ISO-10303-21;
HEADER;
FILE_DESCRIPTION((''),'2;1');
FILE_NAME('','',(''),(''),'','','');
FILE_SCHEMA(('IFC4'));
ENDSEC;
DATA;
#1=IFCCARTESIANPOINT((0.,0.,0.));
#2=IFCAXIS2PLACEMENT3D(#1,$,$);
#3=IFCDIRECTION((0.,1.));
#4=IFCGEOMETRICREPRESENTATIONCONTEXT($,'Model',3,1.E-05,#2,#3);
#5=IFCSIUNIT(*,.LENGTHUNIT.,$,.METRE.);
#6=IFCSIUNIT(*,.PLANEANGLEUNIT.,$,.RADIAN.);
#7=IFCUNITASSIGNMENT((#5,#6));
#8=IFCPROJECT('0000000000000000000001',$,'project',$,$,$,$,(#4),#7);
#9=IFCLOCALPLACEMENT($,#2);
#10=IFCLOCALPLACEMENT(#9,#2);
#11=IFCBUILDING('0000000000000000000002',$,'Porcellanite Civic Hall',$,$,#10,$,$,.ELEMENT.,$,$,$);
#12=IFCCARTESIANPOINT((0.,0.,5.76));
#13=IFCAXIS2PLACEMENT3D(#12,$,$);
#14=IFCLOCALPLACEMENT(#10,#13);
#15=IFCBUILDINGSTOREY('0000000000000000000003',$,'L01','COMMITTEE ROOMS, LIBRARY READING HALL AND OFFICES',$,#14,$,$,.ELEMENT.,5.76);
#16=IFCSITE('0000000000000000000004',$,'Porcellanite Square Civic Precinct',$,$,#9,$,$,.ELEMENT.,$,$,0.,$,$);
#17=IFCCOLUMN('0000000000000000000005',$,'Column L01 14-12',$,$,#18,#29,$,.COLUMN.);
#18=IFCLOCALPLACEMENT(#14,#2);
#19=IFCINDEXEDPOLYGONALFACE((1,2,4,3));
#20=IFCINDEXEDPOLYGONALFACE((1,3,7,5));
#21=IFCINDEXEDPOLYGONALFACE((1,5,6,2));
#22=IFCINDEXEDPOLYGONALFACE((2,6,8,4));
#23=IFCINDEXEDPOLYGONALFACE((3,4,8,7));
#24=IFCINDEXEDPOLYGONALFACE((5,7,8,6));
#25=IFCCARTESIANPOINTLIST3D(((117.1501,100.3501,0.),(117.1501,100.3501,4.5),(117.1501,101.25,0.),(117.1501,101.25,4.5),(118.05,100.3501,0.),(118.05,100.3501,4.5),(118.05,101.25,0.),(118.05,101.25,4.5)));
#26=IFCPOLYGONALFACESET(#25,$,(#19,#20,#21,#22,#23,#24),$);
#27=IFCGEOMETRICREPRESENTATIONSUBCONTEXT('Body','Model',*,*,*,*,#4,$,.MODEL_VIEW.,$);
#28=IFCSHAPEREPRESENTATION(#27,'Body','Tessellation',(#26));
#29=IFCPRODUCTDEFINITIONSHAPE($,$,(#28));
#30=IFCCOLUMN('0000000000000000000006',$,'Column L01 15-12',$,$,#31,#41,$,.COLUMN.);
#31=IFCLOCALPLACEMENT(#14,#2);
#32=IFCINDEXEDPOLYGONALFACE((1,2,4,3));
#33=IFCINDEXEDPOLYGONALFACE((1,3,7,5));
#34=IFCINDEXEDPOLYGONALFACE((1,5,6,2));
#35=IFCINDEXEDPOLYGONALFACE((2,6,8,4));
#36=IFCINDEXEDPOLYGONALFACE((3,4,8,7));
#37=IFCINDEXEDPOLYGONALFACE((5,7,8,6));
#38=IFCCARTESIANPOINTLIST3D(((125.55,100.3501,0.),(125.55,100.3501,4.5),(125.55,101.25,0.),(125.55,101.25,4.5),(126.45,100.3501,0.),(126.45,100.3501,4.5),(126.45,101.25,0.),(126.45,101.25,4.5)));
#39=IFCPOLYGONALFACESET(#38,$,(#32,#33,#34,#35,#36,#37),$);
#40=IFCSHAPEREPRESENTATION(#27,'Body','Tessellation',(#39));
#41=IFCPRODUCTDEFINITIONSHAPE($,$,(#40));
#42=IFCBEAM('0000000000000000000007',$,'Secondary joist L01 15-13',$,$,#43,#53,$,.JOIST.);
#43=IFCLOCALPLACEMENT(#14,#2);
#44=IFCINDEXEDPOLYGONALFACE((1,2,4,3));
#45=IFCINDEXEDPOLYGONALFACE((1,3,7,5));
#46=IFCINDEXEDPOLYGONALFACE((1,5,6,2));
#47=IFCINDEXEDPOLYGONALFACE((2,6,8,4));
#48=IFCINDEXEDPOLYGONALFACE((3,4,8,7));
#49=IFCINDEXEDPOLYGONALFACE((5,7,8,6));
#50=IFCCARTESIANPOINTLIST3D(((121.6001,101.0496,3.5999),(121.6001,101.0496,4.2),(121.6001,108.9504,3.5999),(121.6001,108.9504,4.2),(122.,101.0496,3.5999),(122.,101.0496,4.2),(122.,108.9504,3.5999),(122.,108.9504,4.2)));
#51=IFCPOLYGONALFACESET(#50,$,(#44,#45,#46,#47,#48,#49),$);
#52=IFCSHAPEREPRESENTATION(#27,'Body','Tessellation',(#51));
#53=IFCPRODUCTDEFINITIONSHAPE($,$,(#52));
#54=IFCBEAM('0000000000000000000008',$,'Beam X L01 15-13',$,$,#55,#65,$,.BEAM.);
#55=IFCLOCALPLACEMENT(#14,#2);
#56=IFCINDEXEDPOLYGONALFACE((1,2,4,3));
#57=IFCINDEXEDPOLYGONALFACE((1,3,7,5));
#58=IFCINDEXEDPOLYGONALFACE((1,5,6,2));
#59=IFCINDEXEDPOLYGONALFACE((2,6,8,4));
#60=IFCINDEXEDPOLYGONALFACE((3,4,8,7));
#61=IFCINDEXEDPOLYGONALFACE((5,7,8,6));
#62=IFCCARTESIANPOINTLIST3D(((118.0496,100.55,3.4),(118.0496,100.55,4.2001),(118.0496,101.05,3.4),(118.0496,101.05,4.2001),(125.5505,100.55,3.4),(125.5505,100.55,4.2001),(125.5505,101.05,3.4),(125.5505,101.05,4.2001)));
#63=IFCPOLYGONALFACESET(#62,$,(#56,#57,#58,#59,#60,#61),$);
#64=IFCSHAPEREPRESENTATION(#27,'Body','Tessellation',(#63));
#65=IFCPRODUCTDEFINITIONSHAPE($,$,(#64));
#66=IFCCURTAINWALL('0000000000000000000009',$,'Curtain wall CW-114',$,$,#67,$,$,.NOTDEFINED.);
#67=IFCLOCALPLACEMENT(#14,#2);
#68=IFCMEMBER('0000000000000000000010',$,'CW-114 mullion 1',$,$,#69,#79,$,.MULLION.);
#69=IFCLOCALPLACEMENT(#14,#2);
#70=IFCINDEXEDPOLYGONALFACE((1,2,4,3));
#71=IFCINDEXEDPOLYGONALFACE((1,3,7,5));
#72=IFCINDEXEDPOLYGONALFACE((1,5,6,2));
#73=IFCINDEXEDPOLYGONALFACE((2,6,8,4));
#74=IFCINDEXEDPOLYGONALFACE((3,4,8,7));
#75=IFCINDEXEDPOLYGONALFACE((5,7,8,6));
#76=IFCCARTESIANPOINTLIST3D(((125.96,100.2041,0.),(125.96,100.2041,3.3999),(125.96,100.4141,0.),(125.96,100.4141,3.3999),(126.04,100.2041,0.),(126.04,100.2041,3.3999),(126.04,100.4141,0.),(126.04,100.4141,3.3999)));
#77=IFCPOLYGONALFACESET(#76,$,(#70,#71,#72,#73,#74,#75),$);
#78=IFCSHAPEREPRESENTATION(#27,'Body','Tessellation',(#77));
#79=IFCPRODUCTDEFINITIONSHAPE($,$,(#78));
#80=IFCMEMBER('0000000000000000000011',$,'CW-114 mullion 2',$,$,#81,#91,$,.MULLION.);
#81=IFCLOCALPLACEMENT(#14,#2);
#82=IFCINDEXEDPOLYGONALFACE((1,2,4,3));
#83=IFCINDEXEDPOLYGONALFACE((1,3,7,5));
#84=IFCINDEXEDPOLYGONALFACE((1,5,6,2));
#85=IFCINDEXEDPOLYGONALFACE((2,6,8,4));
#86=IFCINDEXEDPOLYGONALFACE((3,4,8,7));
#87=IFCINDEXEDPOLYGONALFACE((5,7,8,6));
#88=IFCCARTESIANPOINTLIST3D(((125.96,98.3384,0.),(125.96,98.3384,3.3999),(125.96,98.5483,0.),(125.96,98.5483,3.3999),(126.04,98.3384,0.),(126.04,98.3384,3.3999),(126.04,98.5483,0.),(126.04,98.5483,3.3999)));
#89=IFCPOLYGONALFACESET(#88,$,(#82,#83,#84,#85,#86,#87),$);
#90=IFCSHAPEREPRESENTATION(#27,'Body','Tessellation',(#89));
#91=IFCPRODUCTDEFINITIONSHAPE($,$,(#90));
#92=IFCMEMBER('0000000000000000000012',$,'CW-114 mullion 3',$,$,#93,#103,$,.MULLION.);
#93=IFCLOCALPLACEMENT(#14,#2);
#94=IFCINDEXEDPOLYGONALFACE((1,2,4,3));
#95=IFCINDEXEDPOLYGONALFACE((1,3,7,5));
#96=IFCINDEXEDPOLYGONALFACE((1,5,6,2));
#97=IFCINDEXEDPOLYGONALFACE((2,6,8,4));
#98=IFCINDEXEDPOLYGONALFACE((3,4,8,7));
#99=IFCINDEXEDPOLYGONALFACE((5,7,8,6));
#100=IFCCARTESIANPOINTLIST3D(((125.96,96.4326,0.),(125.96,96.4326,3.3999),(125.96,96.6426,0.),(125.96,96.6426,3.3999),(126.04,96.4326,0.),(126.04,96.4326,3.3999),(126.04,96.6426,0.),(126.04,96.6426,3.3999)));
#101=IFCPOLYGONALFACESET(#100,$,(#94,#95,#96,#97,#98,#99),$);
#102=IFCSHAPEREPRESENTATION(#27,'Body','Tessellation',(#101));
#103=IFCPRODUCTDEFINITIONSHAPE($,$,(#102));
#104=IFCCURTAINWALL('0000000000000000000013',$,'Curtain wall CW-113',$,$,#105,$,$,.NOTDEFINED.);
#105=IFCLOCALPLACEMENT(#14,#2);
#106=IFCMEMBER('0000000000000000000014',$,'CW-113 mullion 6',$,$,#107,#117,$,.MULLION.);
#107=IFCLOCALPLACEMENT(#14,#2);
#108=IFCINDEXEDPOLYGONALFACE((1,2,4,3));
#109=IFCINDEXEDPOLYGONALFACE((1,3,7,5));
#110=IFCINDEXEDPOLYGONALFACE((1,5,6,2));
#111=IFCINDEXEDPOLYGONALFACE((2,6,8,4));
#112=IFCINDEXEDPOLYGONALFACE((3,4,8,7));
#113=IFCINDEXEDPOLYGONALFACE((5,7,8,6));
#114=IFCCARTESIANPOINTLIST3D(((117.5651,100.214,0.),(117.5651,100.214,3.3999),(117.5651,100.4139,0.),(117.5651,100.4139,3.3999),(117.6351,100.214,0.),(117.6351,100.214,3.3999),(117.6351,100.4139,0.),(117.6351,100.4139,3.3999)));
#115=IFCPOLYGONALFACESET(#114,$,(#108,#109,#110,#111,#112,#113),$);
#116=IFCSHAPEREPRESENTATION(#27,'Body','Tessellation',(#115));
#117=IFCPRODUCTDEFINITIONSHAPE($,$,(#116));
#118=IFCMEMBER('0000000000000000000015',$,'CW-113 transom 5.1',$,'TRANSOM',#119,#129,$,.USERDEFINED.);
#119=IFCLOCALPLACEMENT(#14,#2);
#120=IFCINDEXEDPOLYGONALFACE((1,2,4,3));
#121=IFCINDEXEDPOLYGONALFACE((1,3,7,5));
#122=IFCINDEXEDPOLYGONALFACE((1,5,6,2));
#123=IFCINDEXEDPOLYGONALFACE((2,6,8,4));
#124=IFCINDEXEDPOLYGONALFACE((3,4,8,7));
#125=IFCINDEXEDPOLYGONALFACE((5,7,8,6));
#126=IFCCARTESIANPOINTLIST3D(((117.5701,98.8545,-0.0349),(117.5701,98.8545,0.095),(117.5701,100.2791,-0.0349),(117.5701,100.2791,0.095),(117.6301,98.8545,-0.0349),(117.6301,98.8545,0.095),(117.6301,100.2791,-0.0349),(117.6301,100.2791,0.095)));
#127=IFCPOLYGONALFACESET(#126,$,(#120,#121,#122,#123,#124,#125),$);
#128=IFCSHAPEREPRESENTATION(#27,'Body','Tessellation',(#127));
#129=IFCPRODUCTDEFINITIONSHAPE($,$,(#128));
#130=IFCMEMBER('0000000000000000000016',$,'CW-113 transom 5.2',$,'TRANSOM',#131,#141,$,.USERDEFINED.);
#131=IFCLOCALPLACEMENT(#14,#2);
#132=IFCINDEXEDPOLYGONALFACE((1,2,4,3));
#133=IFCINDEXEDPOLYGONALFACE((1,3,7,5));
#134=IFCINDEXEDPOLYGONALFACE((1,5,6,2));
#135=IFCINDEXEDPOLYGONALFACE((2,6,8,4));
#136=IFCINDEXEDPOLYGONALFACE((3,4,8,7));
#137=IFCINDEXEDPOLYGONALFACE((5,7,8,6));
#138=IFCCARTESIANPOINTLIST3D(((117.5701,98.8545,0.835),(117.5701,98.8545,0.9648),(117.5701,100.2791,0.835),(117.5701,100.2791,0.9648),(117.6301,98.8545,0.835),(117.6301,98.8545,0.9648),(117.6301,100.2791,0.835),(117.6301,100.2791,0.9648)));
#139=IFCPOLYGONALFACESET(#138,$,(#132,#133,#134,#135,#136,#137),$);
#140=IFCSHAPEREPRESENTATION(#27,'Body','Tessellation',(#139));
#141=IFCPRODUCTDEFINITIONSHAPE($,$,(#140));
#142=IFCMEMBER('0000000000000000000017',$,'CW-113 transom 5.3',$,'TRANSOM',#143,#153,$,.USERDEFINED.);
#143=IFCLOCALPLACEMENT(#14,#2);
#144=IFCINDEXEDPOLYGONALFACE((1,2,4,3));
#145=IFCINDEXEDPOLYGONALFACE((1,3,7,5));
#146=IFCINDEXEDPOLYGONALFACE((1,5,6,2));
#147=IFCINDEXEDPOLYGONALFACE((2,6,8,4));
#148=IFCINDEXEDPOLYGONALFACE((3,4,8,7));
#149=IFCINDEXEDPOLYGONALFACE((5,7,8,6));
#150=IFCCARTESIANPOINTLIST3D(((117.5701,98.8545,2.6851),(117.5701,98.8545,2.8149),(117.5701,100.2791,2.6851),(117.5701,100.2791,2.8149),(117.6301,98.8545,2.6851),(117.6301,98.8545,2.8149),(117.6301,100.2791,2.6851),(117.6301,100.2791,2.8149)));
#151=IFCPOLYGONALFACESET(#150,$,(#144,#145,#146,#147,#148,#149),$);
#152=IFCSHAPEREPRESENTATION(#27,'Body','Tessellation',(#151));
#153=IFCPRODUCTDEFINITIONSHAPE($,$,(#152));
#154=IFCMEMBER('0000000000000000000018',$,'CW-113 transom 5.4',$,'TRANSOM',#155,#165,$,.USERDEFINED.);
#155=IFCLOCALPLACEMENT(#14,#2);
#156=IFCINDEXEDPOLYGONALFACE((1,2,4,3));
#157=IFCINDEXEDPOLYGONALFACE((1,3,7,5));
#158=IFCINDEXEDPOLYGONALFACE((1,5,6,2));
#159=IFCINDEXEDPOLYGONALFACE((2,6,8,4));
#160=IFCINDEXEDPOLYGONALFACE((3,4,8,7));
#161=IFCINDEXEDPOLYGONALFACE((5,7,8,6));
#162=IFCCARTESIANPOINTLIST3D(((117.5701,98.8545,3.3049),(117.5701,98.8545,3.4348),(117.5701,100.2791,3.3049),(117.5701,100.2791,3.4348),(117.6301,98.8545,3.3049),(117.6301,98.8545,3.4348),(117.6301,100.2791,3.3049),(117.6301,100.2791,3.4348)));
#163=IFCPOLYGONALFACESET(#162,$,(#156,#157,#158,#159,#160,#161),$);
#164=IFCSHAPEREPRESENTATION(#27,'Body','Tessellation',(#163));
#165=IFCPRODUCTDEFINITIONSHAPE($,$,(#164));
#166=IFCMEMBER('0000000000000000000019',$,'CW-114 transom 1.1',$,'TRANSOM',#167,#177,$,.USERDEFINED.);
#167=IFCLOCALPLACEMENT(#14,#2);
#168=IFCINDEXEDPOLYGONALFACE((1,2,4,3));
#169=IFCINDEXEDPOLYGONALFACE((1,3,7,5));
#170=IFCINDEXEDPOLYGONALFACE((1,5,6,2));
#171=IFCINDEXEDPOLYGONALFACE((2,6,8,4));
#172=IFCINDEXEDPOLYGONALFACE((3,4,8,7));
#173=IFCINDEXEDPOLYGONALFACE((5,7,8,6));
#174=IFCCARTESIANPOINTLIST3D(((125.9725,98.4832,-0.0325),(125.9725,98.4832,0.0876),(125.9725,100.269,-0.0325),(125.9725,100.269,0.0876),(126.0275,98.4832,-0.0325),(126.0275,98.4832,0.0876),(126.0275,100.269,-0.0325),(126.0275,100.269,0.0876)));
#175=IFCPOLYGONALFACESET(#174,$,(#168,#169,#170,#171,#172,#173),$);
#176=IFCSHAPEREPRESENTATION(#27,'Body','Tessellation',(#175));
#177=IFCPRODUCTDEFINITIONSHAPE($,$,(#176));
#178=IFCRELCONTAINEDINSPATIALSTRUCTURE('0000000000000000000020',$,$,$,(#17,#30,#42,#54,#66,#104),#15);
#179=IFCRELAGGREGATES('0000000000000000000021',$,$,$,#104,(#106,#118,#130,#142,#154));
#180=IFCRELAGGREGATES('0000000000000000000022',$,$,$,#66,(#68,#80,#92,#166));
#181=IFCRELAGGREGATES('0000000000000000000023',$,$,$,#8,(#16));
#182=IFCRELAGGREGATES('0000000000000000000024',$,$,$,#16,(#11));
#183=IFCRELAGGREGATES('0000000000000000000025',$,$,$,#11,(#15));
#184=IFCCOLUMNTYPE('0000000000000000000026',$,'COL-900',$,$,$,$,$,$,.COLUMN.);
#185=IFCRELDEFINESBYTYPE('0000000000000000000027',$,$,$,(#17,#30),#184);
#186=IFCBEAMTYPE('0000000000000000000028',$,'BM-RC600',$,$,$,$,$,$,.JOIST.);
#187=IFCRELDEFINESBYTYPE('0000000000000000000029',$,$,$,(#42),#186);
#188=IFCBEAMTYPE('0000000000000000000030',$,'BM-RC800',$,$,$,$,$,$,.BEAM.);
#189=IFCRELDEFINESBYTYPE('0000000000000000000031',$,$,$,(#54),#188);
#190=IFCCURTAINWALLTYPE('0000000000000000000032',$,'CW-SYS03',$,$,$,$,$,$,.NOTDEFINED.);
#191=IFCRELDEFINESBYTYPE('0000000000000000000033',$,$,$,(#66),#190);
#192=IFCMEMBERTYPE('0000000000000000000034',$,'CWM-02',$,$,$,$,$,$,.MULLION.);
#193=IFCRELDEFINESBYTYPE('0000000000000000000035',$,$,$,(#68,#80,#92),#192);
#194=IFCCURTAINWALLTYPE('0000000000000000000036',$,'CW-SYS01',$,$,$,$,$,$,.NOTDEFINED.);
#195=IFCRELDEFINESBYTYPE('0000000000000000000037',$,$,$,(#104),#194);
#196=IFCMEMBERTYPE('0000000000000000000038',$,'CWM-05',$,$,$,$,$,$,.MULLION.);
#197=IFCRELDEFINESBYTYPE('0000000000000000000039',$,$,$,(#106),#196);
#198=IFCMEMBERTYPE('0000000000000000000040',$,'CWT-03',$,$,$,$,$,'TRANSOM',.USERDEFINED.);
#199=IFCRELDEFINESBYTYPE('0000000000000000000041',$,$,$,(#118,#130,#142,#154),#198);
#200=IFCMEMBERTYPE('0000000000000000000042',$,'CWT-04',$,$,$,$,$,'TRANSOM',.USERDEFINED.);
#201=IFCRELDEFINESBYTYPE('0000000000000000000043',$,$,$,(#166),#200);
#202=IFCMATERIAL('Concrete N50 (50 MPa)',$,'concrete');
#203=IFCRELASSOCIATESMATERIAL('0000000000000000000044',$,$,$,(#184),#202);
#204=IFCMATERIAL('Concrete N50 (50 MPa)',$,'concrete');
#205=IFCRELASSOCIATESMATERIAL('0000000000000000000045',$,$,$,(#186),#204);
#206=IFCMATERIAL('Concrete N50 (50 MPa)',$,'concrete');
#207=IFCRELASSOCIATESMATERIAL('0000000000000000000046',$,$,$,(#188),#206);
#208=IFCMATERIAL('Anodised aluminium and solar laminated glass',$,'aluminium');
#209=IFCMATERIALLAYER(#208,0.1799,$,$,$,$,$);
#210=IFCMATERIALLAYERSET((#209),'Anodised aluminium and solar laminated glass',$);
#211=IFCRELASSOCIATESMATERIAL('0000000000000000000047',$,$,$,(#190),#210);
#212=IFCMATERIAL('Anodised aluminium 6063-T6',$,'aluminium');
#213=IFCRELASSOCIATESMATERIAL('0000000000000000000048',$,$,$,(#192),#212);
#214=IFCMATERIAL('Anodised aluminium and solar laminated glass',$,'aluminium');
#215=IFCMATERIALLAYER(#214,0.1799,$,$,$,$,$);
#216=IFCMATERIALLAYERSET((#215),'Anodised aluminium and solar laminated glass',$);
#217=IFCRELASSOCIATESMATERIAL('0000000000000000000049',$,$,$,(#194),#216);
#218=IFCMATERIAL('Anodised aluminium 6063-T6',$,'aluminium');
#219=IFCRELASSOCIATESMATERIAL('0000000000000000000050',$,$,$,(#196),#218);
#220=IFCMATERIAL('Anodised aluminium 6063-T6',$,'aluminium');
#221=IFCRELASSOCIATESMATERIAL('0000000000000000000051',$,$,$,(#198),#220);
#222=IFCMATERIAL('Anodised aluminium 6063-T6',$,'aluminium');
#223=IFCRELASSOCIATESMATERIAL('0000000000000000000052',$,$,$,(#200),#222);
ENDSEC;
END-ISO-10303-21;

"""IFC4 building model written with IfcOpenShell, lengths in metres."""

from ifc_helpers import new_model, si_unit, direction, frame, origin, origin_2d, place, context, subcontext, project, spatial, rectangle, extrude, material, layer, layer_set, material_profile, profile_set, type_object, element, aggregate, save


model = new_model("IFC4")

# Units and contexts
model_context = context("Model", 3, precision=1e-05, world=origin(), true_north=direction((0.0, 1.0)))
body_context = subcontext(model_context, "Body", "Model", "MODEL_VIEW")
ifc_project = project(units=[si_unit("LENGTHUNIT", "METRE"), si_unit("PLANEANGLEUNIT", "RADIAN")], contexts=[model_context])

# Site, building, storey
site_placement = place(None, origin())
site = spatial("IfcSite", under=ifc_project, at=site_placement, Name="Porcellanite Square Civic Precinct", CompositionType="ELEMENT", RefElevation=0.0)
building_placement = place(site_placement, origin())
building = spatial("IfcBuilding", under=site, at=building_placement, Name="Porcellanite Civic Hall", CompositionType="ELEMENT")
storey_placement = place(building_placement, frame((0.0, 0.0, 5.76)))
storey = spatial("IfcBuildingStorey", under=building, at=storey_placement, Name="L01", Description="COMMITTEE ROOMS, LIBRARY READING HALL AND OFFICES", CompositionType="ELEMENT", Elevation=5.76)

# Columns
ifc_material_1 = material(Name="Concrete N50 (50 MPa)", Category="concrete")
ifc_material_profile_1 = material_profile(ifc_material_1, rectangle(XDim=0.8999, YDim=0.8999, at=origin_2d()), Name="RC-900x900")
ifc_profile_set_1 = profile_set([ifc_material_profile_1], Name="Concrete N50 (50 MPa)")
column_type = type_object("IfcColumnType", Name="COL-900", PredefinedType="COLUMN", material=ifc_profile_set_1)
for number, where, z_axis, x_axis, name in (
    (1, (117.6001, 100.8, 0.0), (0.0, 0.0, 1.0), (1.0, 0.0, 0.0), "Column L01 14-12"),
    (2, (126.0, 100.8, 0.0), (0.0, 0.0, 1.0), (1.0, 0.0, 0.0), "Column L01 15-12"),
):
    element("IfcColumn", number, at=place(storey_placement, frame(where, z_axis=z_axis, x_axis=x_axis)), inside=storey, type_object=column_type, Name=name, PredefinedType="COLUMN", context=body_context, shape_type="SweptSolid", body=[
        extrude(rectangle(XDim=0.8999, YDim=0.8999, at=origin_2d()), origin(), (0.0, 0.0, 1.0), 4.5),
    ])

# Beams
ifc_material_2 = material(Name="Concrete N50 (50 MPa)", Category="concrete")
ifc_material_profile_2 = material_profile(ifc_material_2, rectangle(XDim=0.3999, YDim=0.6001, at=origin_2d()), Name="RC-400x600")
ifc_profile_set_2 = profile_set([ifc_material_profile_2], Name="Concrete N50 (50 MPa)")
beam_type_1 = type_object("IfcBeamType", Name="BM-RC600", PredefinedType="JOIST", material=ifc_profile_set_2)
beam_1_placement = place(storey_placement, frame((121.8, 101.0496, 3.8999), z_axis=(0.0, 1.0, 0.0), x_axis=(-1.0, 0.0, 0.0)))
element("IfcBeam", 3, at=beam_1_placement, inside=storey, type_object=beam_type_1, Name="Secondary joist L01 15-13", PredefinedType="JOIST", context=body_context, shape_type="SweptSolid", body=[
    extrude(rectangle(XDim=0.3999, YDim=0.6001, at=origin_2d()), origin(), (0.0, 0.0, 1.0), 7.9009),
])
ifc_material_3 = material(Name="Concrete N50 (50 MPa)", Category="concrete")
ifc_material_profile_3 = material_profile(ifc_material_3, rectangle(XDim=0.5, YDim=0.8, at=origin_2d()), Name="RC-500x800")
ifc_profile_set_3 = profile_set([ifc_material_profile_3], Name="Concrete N50 (50 MPa)")
beam_type_2 = type_object("IfcBeamType", Name="BM-RC800", PredefinedType="BEAM", material=ifc_profile_set_3)
beam_2_placement = place(storey_placement, frame((118.0496, 100.8, 3.8), z_axis=(1.0, 0.0, 0.0), x_axis=(0.0, 1.0, 0.0)))
element("IfcBeam", 4, at=beam_2_placement, inside=storey, type_object=beam_type_2, Name="Beam X L01 15-13", PredefinedType="BEAM", context=body_context, shape_type="SweptSolid", body=[
    extrude(rectangle(XDim=0.5, YDim=0.8, at=origin_2d()), origin(), (0.0, 0.0, 1.0), 7.501),
])

# Curtain walls, members
ifc_material_4 = material(Name="Anodised aluminium and solar laminated glass", Category="aluminium")
ifc_layer_1 = layer(ifc_material_4, 0.1799)
ifc_layer_set_1 = layer_set([ifc_layer_1], Name="Anodised aluminium and solar laminated glass")
curtain_wall_type_1 = type_object("IfcCurtainWallType", Name="CW-SYS03", PredefinedType="NOTDEFINED", material=ifc_layer_set_1)
curtain_wall_1_placement = place(storey_placement, origin())
curtain_wall_1 = element("IfcCurtainWall", 5, at=curtain_wall_1_placement, inside=storey, type_object=curtain_wall_type_1, Name="Curtain wall CW-114", PredefinedType="NOTDEFINED")
ifc_material_5 = material(Name="Anodised aluminium 6063-T6", Category="aluminium")
ifc_material_profile_4 = material_profile(ifc_material_5, rectangle(XDim=0.0801, YDim=0.21, at=origin_2d()), Name="AL-80x210")
ifc_profile_set_4 = profile_set([ifc_material_profile_4], Name="Anodised aluminium 6063-T6")
member_type_1 = type_object("IfcMemberType", Name="CWM-02", PredefinedType="MULLION", material=ifc_profile_set_4)
member_1_placement = place(storey_placement, frame((126.0, 100.3091, 0.0), z_axis=(0.0, 0.0, 1.0), x_axis=(1.0, 0.0, 0.0)))
member_1 = element("IfcMember", 6, at=member_1_placement, type_object=member_type_1, Name="CW-114 mullion 1", PredefinedType="MULLION", context=body_context, shape_type="SweptSolid", body=[
    extrude(rectangle(XDim=0.0801, YDim=0.21, at=origin_2d()), origin(), (0.0, 0.0, 1.0), 3.3999),
])
member_2_placement = place(storey_placement, frame((126.0, 98.4434, 0.0), z_axis=(0.0, 0.0, 1.0), x_axis=(1.0, 0.0, 0.0)))
member_2 = element("IfcMember", 7, at=member_2_placement, type_object=member_type_1, Name="CW-114 mullion 2", PredefinedType="MULLION", context=body_context, shape_type="SweptSolid", body=[
    extrude(rectangle(XDim=0.0801, YDim=0.21, at=origin_2d()), origin(), (0.0, 0.0, 1.0), 3.3999),
])
member_3_placement = place(storey_placement, frame((126.0, 96.5376, 0.0), z_axis=(0.0, 0.0, 1.0), x_axis=(1.0, 0.0, 0.0)))
member_3 = element("IfcMember", 8, at=member_3_placement, type_object=member_type_1, Name="CW-114 mullion 3", PredefinedType="MULLION", context=body_context, shape_type="SweptSolid", body=[
    extrude(rectangle(XDim=0.0801, YDim=0.21, at=origin_2d()), origin(), (0.0, 0.0, 1.0), 3.3999),
])
ifc_material_6 = material(Name="Anodised aluminium and solar laminated glass", Category="aluminium")
ifc_layer_2 = layer(ifc_material_6, 0.1799)
ifc_layer_set_2 = layer_set([ifc_layer_2], Name="Anodised aluminium and solar laminated glass")
curtain_wall_type_2 = type_object("IfcCurtainWallType", Name="CW-SYS01", PredefinedType="NOTDEFINED", material=ifc_layer_set_2)
curtain_wall_2_placement = place(storey_placement, origin())
curtain_wall_2 = element("IfcCurtainWall", 9, at=curtain_wall_2_placement, inside=storey, type_object=curtain_wall_type_2, Name="Curtain wall CW-113", PredefinedType="NOTDEFINED")
ifc_material_7 = material(Name="Anodised aluminium 6063-T6", Category="aluminium")
ifc_material_profile_5 = material_profile(ifc_material_7, rectangle(XDim=0.0701, YDim=0.2, at=origin_2d()), Name="AL-70x200")
ifc_profile_set_5 = profile_set([ifc_material_profile_5], Name="Anodised aluminium 6063-T6")
member_type_2 = type_object("IfcMemberType", Name="CWM-05", PredefinedType="MULLION", material=ifc_profile_set_5)
member_4_placement = place(storey_placement, frame((117.6001, 100.314, 0.0), z_axis=(0.0, 0.0, 1.0), x_axis=(-1.0, 0.0, 0.0)))
member_4 = element("IfcMember", 10, at=member_4_placement, type_object=member_type_2, Name="CW-113 mullion 6", PredefinedType="MULLION", context=body_context, shape_type="SweptSolid", body=[
    extrude(rectangle(XDim=0.0701, YDim=0.2, at=origin_2d()), origin(), (0.0, 0.0, 1.0), 3.3999),
])
ifc_material_8 = material(Name="Anodised aluminium 6063-T6", Category="aluminium")
ifc_material_profile_6 = material_profile(ifc_material_8, rectangle(XDim=0.0601, YDim=0.1299, at=origin_2d()), Name="AL-60x130")
ifc_profile_set_6 = profile_set([ifc_material_profile_6], Name="Anodised aluminium 6063-T6")
member_type_3 = type_object("IfcMemberType", Name="CWT-03", ElementType="TRANSOM", PredefinedType="USERDEFINED", material=ifc_profile_set_6)
member_5_placement = place(storey_placement, frame((117.6001, 98.8545, 0.03), z_axis=(0.0, 1.0, 0.0), x_axis=(-1.0, 0.0, 0.0)))
member_5 = element("IfcMember", 11, at=member_5_placement, type_object=member_type_3, Name="CW-113 transom 5.1", ObjectType="TRANSOM", PredefinedType="USERDEFINED", context=body_context, shape_type="SweptSolid", body=[
    extrude(rectangle(XDim=0.0601, YDim=0.1299, at=origin_2d()), origin(), (0.0, 0.0, 1.0), 1.4246),
])
member_6_placement = place(storey_placement, frame((117.6001, 98.8545, 0.8999), z_axis=(0.0, 1.0, 0.0), x_axis=(-1.0, 0.0, 0.0)))
member_6 = element("IfcMember", 12, at=member_6_placement, type_object=member_type_3, Name="CW-113 transom 5.2", ObjectType="TRANSOM", PredefinedType="USERDEFINED", context=body_context, shape_type="SweptSolid", body=[
    extrude(rectangle(XDim=0.0601, YDim=0.1299, at=origin_2d()), origin(), (0.0, 0.0, 1.0), 1.4246),
])
member_7_placement = place(storey_placement, frame((117.6001, 98.8545, 2.75), z_axis=(0.0, 1.0, 0.0), x_axis=(-1.0, 0.0, 0.0)))
member_7 = element("IfcMember", 13, at=member_7_placement, type_object=member_type_3, Name="CW-113 transom 5.3", ObjectType="TRANSOM", PredefinedType="USERDEFINED", context=body_context, shape_type="SweptSolid", body=[
    extrude(rectangle(XDim=0.0601, YDim=0.1299, at=origin_2d()), origin(), (0.0, 0.0, 1.0), 1.4246),
])
member_8_placement = place(storey_placement, frame((117.6001, 98.8545, 3.3699), z_axis=(0.0, 1.0, 0.0), x_axis=(-1.0, 0.0, 0.0)))
member_8 = element("IfcMember", 14, at=member_8_placement, type_object=member_type_3, Name="CW-113 transom 5.4", ObjectType="TRANSOM", PredefinedType="USERDEFINED", context=body_context, shape_type="SweptSolid", body=[
    extrude(rectangle(XDim=0.0601, YDim=0.1299, at=origin_2d()), origin(), (0.0, 0.0, 1.0), 1.4246),
])

# Member
ifc_material_9 = material(Name="Anodised aluminium 6063-T6", Category="aluminium")
ifc_material_profile_7 = material_profile(ifc_material_9, rectangle(XDim=0.0549, YDim=0.1201, at=origin_2d()), Name="AL-55x120")
ifc_profile_set_7 = profile_set([ifc_material_profile_7], Name="Anodised aluminium 6063-T6")
member_type_4 = type_object("IfcMemberType", Name="CWT-04", ElementType="TRANSOM", PredefinedType="USERDEFINED", material=ifc_profile_set_7)
member_9_placement = place(storey_placement, frame((126.0, 100.269, 0.0276), z_axis=(0.0, -1.0, 0.0), x_axis=(1.0, 0.0, 0.0)))
member_9 = element("IfcMember", 15, at=member_9_placement, type_object=member_type_4, Name="CW-114 transom 1.1", ObjectType="TRANSOM", PredefinedType="USERDEFINED", context=body_context, shape_type="SweptSolid", body=[
    extrude(rectangle(XDim=0.0549, YDim=0.1201, at=origin_2d()), origin(), (0.0, 0.0, 1.0), 1.7859),
])

aggregate(curtain_wall_2, [member_4, member_5, member_6, member_7, member_8])
aggregate(curtain_wall_1, [member_1, member_2, member_3, member_9])

save(model, "model.ifc")
